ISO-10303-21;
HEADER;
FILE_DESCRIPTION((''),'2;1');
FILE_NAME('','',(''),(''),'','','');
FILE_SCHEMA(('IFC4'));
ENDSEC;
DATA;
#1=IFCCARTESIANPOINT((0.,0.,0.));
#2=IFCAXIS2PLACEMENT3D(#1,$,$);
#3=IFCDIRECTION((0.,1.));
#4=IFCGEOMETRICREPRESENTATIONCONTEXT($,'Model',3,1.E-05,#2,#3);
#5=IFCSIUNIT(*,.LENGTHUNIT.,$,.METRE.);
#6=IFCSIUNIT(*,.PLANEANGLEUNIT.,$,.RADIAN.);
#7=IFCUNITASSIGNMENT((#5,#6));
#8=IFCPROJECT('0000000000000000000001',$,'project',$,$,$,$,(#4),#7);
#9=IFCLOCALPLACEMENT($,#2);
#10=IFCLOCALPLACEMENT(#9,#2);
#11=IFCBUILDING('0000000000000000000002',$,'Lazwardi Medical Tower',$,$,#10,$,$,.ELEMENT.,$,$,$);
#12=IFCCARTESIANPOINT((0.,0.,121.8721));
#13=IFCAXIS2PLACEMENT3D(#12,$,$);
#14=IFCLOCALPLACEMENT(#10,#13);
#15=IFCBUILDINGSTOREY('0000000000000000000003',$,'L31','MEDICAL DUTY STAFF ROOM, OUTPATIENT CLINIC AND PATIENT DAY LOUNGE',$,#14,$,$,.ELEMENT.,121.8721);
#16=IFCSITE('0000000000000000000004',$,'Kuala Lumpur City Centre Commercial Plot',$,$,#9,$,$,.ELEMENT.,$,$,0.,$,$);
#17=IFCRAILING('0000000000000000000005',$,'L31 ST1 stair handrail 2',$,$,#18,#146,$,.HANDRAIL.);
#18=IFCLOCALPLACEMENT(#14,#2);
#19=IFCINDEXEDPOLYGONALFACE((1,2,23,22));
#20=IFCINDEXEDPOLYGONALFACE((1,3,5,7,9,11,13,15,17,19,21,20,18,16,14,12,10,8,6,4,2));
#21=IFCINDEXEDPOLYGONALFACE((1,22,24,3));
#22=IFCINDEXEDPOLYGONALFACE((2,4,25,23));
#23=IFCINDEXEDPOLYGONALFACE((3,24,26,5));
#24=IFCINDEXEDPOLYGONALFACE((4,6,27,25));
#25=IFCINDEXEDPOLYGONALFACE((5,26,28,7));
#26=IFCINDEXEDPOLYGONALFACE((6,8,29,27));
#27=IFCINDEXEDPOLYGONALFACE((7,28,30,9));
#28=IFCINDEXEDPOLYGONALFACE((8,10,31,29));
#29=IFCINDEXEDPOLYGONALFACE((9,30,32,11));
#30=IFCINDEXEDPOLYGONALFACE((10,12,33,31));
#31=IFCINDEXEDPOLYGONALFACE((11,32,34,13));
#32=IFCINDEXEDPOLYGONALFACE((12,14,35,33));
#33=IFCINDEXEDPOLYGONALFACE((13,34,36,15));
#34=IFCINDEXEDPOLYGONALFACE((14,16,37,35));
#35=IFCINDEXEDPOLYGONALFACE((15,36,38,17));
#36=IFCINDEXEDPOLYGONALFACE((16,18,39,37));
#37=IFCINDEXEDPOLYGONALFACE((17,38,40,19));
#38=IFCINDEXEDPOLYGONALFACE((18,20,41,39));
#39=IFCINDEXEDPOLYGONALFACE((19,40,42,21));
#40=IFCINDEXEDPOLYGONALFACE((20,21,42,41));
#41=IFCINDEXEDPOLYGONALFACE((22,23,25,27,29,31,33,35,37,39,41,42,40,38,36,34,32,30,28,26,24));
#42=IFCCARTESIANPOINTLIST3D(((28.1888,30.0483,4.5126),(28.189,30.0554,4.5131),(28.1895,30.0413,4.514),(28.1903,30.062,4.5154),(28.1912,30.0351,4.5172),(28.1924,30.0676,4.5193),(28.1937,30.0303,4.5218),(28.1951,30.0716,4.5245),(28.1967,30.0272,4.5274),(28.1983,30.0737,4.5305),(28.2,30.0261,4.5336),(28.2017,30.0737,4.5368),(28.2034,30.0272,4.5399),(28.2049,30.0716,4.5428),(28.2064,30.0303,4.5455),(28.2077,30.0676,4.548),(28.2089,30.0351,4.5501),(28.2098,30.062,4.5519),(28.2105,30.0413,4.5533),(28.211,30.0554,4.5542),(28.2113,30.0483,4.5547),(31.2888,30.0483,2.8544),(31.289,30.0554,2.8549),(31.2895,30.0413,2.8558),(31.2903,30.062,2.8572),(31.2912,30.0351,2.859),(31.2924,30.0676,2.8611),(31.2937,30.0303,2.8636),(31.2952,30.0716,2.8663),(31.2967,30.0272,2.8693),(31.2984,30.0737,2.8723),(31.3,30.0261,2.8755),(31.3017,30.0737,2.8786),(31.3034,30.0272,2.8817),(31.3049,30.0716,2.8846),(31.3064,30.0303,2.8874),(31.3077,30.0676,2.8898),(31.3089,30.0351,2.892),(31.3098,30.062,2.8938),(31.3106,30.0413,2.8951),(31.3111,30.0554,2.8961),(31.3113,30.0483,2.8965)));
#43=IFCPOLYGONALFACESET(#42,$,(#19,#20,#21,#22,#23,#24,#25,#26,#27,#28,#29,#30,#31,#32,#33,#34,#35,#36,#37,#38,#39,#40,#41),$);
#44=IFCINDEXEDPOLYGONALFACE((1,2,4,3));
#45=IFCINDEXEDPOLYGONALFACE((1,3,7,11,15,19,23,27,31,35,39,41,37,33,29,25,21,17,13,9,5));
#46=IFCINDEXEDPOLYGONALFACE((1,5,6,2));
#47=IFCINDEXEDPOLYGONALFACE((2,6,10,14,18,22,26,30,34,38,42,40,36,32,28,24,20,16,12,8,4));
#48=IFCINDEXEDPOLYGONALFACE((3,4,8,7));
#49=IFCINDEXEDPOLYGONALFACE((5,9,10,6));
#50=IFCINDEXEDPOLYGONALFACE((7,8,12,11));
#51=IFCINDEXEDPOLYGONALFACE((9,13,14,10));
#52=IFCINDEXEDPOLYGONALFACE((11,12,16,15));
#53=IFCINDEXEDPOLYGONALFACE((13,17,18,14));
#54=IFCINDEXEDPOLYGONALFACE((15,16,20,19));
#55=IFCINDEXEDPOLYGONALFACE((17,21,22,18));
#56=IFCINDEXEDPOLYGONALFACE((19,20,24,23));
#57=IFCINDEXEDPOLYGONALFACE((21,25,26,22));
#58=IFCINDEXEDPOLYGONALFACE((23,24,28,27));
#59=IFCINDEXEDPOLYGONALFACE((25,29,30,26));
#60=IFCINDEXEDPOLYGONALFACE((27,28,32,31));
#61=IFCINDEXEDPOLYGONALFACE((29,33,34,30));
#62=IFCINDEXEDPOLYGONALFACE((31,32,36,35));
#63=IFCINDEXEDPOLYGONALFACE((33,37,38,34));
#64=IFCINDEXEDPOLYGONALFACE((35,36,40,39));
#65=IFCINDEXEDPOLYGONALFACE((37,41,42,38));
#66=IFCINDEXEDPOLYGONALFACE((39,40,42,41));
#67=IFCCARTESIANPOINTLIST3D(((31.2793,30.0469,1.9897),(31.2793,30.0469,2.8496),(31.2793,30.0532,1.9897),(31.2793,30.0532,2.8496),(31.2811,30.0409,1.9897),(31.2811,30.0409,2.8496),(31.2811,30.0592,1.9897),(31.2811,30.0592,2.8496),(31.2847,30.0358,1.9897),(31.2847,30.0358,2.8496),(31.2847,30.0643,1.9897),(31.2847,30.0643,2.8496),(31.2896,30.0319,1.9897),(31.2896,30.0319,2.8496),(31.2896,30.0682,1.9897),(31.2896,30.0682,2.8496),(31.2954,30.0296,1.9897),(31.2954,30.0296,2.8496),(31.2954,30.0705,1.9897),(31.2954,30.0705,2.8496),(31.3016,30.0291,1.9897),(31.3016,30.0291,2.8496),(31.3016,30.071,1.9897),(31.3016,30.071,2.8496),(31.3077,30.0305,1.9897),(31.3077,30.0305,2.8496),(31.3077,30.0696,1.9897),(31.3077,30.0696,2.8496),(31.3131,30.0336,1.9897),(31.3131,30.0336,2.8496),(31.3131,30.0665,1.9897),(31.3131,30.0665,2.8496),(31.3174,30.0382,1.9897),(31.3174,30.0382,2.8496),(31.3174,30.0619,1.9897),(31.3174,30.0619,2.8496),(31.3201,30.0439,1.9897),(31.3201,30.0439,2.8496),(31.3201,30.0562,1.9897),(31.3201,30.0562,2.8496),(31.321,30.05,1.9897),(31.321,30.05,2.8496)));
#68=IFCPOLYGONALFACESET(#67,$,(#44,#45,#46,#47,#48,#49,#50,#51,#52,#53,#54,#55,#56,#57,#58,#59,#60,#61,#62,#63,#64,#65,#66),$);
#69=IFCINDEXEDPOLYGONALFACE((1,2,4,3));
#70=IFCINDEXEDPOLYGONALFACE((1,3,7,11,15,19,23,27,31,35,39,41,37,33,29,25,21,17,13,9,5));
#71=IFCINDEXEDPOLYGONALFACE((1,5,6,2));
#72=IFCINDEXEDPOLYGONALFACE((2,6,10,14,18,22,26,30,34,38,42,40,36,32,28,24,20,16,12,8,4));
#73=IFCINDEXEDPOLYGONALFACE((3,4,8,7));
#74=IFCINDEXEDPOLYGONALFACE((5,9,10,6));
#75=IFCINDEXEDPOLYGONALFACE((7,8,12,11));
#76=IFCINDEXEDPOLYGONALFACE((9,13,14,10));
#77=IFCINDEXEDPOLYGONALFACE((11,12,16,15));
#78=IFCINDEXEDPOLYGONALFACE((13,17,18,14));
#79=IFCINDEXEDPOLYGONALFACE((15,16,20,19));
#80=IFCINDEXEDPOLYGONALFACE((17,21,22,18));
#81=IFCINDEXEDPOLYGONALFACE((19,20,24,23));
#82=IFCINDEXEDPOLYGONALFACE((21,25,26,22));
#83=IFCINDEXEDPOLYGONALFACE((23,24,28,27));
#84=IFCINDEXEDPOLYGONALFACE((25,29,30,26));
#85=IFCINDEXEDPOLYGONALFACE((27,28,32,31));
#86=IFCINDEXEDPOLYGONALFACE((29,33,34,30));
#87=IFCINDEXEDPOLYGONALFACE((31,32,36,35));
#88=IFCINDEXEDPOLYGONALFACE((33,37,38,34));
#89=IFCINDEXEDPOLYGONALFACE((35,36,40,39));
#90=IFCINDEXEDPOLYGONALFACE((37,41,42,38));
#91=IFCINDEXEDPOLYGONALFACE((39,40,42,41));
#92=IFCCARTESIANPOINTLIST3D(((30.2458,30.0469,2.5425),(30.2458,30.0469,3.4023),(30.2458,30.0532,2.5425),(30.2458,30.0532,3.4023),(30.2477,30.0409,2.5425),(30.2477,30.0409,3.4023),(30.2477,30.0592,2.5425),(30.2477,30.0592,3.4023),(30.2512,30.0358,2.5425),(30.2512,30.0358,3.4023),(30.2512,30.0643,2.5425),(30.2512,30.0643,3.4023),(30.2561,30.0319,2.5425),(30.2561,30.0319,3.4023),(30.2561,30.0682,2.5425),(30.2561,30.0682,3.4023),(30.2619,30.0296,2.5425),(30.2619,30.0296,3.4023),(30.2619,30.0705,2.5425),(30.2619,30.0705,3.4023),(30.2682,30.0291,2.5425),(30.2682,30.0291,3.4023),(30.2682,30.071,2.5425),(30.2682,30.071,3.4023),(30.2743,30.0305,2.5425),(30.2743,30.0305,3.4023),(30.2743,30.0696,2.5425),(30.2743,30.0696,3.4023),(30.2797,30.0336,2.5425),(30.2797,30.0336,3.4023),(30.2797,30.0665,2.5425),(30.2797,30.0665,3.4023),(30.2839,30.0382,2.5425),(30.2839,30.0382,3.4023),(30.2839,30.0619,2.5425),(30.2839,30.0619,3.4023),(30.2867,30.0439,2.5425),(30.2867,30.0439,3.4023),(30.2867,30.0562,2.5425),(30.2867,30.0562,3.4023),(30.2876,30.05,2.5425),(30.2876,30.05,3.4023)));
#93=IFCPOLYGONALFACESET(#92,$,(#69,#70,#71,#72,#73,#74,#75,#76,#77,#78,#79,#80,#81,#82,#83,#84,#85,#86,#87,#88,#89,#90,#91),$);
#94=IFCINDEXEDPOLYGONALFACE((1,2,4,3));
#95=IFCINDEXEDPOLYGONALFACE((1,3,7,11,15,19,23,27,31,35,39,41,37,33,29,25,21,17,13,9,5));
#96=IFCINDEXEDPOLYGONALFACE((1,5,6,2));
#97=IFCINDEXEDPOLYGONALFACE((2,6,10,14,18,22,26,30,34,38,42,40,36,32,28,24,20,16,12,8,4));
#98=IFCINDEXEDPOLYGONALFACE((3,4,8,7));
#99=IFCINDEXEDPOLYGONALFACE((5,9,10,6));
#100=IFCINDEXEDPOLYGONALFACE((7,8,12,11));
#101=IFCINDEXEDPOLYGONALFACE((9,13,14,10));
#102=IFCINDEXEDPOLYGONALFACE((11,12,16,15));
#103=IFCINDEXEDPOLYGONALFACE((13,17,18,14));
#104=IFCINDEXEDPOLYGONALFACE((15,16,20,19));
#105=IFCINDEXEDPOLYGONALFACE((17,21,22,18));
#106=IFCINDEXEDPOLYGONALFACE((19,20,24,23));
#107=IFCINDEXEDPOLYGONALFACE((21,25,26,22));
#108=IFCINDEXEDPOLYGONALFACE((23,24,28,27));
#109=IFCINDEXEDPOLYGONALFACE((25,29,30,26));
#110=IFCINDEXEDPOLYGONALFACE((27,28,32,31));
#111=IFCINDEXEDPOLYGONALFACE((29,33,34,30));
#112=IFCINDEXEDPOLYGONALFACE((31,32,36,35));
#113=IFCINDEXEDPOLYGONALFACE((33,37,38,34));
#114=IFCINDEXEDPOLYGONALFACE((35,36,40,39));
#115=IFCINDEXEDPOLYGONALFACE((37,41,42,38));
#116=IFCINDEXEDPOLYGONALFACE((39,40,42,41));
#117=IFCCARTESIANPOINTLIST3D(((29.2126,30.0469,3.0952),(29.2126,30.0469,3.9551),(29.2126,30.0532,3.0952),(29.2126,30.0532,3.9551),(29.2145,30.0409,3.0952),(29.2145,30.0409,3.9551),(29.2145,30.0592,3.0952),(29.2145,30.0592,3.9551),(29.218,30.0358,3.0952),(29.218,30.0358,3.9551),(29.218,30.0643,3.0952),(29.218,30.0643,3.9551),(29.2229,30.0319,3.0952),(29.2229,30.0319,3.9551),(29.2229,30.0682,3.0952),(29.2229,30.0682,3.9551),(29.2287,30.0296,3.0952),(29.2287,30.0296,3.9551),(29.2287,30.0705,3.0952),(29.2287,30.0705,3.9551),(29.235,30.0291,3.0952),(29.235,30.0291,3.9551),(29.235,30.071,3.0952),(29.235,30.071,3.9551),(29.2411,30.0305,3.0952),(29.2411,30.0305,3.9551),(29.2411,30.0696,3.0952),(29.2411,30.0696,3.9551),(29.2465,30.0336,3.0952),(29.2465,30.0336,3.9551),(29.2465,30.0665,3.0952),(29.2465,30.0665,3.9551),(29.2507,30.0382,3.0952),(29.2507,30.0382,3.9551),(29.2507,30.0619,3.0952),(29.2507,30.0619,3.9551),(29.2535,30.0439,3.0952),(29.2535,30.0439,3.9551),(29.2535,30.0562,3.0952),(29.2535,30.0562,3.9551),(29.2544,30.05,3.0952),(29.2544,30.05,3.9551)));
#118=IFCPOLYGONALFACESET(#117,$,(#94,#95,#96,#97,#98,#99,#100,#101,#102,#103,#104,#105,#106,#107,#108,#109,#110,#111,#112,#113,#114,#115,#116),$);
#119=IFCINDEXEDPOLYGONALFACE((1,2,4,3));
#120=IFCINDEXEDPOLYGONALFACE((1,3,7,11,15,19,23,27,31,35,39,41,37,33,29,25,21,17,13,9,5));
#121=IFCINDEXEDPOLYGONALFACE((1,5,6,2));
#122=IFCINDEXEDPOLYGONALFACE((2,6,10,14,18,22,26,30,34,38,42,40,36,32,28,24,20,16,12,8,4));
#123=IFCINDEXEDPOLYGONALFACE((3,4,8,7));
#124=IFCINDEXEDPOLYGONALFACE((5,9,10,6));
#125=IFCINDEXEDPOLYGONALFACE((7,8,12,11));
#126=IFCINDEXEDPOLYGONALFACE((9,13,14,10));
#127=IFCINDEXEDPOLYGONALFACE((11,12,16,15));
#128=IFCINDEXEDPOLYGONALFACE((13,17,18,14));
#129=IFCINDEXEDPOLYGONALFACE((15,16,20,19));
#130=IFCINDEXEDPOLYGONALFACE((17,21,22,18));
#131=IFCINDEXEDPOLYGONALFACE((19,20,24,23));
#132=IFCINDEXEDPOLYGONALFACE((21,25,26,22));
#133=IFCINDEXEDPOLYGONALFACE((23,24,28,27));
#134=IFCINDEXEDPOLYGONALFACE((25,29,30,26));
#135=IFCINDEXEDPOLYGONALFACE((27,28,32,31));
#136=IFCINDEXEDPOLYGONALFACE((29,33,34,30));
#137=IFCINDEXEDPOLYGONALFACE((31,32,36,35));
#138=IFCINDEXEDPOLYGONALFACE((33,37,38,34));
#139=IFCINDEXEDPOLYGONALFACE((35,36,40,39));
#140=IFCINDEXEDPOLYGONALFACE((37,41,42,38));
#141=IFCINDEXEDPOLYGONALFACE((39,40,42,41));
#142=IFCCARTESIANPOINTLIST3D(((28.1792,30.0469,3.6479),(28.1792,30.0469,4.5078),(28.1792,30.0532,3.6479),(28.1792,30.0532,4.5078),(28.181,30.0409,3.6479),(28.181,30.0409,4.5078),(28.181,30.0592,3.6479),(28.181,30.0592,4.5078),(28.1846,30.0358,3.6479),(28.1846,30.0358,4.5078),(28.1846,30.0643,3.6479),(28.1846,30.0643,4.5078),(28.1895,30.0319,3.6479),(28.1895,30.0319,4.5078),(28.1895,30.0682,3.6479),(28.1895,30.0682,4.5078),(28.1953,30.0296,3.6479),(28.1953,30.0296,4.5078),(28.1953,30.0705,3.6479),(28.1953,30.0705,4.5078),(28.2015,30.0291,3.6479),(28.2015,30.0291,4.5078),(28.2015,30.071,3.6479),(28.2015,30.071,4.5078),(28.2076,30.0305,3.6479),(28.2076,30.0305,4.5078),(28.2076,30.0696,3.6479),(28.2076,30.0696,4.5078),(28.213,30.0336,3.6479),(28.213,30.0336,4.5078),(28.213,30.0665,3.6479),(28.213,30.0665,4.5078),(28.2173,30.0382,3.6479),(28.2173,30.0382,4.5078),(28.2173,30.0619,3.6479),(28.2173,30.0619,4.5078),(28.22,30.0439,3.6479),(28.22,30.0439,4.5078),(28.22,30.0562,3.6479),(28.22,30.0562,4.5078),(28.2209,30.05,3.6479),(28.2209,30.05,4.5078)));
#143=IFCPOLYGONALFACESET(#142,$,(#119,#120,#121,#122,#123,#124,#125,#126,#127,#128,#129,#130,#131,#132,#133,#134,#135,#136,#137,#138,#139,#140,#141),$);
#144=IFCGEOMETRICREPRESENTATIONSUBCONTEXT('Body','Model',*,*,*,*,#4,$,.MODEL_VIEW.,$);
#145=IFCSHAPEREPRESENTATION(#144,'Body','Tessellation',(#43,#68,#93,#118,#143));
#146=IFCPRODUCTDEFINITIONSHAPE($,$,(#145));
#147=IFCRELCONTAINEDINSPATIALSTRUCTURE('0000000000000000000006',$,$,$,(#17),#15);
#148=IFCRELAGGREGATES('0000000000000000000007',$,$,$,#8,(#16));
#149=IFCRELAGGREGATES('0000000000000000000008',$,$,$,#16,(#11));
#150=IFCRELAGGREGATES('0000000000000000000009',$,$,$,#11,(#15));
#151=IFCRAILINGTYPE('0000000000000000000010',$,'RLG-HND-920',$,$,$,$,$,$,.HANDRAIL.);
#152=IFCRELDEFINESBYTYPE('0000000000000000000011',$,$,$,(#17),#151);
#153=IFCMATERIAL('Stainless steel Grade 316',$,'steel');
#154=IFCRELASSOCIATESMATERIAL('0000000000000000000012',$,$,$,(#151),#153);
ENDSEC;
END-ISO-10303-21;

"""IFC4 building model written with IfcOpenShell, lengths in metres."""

from ifc_helpers import new_model, si_unit, direction, frame, origin, origin_2d, place, context, subcontext, project, spatial, circle, extrude, material, type_object, element, save


model = new_model("IFC4")

# Units and contexts
model_context = context("Model", 3, precision=1e-05, world=origin(), true_north=direction((0.0, 1.0)))
body_context = subcontext(model_context, "Body", "Model", "MODEL_VIEW")
ifc_project = project(units=[si_unit("LENGTHUNIT", "METRE"), si_unit("PLANEANGLEUNIT", "RADIAN")], contexts=[model_context])

# Site, building, storey
site_placement = place(None, origin())
site = spatial("IfcSite", under=ifc_project, at=site_placement, Name="Kuala Lumpur City Centre Commercial Plot", CompositionType="ELEMENT", RefElevation=0.0)
building_placement = place(site_placement, origin())
building = spatial("IfcBuilding", under=site, at=building_placement, Name="Lazwardi Medical Tower", CompositionType="ELEMENT")
storey_placement = place(building_placement, frame((0.0, 0.0, 121.8721)))
storey = spatial("IfcBuildingStorey", under=building, at=storey_placement, Name="L31", Description="MEDICAL DUTY STAFF ROOM, OUTPATIENT CLINIC AND PATIENT DAY LOUNGE", CompositionType="ELEMENT", Elevation=121.8721)

# Railing
ifc_material_1 = material(Name="Stainless steel Grade 316", Category="steel")
railing_type = type_object("IfcRailingType", Name="RLG-HND-920", PredefinedType="HANDRAIL", material=ifc_material_1)
railing_placement = place(storey_placement, frame((31.3, 30.05, 1.9897)))
element("IfcRailing", 1, at=railing_placement, inside=storey, type_object=railing_type, Name="L31 ST1 stair handrail 2", PredefinedType="HANDRAIL", context=body_context, shape_type="SweptSolid", body=[
    extrude(circle(Radius=0.0239, at=origin_2d()), frame((0.0, 0.0, 0.8857), z_axis=(-0.881783, 0.0, 0.471655), x_axis=(0.0, -1.0, 0.0)), (0.0, 0.0, 1.0), 3.5156),
    extrude(circle(Radius=0.021, at=origin_2d()), origin(), (0.0, 0.0, 1.0), 0.8599),
    extrude(circle(Radius=0.021, at=origin_2d()), frame((-1.0334, 0.0, 0.5527)), (0.0, 0.0, 1.0), 0.8599),
    extrude(circle(Radius=0.021, at=origin_2d()), frame((-2.0667, 0.0, 1.1055)), (0.0, 0.0, 1.0), 0.8599),
    extrude(circle(Radius=0.021, at=origin_2d()), frame((-3.1001, 0.0, 1.6582)), (0.0, 0.0, 1.0), 0.8599),
])

save(model, "model.ifc")
